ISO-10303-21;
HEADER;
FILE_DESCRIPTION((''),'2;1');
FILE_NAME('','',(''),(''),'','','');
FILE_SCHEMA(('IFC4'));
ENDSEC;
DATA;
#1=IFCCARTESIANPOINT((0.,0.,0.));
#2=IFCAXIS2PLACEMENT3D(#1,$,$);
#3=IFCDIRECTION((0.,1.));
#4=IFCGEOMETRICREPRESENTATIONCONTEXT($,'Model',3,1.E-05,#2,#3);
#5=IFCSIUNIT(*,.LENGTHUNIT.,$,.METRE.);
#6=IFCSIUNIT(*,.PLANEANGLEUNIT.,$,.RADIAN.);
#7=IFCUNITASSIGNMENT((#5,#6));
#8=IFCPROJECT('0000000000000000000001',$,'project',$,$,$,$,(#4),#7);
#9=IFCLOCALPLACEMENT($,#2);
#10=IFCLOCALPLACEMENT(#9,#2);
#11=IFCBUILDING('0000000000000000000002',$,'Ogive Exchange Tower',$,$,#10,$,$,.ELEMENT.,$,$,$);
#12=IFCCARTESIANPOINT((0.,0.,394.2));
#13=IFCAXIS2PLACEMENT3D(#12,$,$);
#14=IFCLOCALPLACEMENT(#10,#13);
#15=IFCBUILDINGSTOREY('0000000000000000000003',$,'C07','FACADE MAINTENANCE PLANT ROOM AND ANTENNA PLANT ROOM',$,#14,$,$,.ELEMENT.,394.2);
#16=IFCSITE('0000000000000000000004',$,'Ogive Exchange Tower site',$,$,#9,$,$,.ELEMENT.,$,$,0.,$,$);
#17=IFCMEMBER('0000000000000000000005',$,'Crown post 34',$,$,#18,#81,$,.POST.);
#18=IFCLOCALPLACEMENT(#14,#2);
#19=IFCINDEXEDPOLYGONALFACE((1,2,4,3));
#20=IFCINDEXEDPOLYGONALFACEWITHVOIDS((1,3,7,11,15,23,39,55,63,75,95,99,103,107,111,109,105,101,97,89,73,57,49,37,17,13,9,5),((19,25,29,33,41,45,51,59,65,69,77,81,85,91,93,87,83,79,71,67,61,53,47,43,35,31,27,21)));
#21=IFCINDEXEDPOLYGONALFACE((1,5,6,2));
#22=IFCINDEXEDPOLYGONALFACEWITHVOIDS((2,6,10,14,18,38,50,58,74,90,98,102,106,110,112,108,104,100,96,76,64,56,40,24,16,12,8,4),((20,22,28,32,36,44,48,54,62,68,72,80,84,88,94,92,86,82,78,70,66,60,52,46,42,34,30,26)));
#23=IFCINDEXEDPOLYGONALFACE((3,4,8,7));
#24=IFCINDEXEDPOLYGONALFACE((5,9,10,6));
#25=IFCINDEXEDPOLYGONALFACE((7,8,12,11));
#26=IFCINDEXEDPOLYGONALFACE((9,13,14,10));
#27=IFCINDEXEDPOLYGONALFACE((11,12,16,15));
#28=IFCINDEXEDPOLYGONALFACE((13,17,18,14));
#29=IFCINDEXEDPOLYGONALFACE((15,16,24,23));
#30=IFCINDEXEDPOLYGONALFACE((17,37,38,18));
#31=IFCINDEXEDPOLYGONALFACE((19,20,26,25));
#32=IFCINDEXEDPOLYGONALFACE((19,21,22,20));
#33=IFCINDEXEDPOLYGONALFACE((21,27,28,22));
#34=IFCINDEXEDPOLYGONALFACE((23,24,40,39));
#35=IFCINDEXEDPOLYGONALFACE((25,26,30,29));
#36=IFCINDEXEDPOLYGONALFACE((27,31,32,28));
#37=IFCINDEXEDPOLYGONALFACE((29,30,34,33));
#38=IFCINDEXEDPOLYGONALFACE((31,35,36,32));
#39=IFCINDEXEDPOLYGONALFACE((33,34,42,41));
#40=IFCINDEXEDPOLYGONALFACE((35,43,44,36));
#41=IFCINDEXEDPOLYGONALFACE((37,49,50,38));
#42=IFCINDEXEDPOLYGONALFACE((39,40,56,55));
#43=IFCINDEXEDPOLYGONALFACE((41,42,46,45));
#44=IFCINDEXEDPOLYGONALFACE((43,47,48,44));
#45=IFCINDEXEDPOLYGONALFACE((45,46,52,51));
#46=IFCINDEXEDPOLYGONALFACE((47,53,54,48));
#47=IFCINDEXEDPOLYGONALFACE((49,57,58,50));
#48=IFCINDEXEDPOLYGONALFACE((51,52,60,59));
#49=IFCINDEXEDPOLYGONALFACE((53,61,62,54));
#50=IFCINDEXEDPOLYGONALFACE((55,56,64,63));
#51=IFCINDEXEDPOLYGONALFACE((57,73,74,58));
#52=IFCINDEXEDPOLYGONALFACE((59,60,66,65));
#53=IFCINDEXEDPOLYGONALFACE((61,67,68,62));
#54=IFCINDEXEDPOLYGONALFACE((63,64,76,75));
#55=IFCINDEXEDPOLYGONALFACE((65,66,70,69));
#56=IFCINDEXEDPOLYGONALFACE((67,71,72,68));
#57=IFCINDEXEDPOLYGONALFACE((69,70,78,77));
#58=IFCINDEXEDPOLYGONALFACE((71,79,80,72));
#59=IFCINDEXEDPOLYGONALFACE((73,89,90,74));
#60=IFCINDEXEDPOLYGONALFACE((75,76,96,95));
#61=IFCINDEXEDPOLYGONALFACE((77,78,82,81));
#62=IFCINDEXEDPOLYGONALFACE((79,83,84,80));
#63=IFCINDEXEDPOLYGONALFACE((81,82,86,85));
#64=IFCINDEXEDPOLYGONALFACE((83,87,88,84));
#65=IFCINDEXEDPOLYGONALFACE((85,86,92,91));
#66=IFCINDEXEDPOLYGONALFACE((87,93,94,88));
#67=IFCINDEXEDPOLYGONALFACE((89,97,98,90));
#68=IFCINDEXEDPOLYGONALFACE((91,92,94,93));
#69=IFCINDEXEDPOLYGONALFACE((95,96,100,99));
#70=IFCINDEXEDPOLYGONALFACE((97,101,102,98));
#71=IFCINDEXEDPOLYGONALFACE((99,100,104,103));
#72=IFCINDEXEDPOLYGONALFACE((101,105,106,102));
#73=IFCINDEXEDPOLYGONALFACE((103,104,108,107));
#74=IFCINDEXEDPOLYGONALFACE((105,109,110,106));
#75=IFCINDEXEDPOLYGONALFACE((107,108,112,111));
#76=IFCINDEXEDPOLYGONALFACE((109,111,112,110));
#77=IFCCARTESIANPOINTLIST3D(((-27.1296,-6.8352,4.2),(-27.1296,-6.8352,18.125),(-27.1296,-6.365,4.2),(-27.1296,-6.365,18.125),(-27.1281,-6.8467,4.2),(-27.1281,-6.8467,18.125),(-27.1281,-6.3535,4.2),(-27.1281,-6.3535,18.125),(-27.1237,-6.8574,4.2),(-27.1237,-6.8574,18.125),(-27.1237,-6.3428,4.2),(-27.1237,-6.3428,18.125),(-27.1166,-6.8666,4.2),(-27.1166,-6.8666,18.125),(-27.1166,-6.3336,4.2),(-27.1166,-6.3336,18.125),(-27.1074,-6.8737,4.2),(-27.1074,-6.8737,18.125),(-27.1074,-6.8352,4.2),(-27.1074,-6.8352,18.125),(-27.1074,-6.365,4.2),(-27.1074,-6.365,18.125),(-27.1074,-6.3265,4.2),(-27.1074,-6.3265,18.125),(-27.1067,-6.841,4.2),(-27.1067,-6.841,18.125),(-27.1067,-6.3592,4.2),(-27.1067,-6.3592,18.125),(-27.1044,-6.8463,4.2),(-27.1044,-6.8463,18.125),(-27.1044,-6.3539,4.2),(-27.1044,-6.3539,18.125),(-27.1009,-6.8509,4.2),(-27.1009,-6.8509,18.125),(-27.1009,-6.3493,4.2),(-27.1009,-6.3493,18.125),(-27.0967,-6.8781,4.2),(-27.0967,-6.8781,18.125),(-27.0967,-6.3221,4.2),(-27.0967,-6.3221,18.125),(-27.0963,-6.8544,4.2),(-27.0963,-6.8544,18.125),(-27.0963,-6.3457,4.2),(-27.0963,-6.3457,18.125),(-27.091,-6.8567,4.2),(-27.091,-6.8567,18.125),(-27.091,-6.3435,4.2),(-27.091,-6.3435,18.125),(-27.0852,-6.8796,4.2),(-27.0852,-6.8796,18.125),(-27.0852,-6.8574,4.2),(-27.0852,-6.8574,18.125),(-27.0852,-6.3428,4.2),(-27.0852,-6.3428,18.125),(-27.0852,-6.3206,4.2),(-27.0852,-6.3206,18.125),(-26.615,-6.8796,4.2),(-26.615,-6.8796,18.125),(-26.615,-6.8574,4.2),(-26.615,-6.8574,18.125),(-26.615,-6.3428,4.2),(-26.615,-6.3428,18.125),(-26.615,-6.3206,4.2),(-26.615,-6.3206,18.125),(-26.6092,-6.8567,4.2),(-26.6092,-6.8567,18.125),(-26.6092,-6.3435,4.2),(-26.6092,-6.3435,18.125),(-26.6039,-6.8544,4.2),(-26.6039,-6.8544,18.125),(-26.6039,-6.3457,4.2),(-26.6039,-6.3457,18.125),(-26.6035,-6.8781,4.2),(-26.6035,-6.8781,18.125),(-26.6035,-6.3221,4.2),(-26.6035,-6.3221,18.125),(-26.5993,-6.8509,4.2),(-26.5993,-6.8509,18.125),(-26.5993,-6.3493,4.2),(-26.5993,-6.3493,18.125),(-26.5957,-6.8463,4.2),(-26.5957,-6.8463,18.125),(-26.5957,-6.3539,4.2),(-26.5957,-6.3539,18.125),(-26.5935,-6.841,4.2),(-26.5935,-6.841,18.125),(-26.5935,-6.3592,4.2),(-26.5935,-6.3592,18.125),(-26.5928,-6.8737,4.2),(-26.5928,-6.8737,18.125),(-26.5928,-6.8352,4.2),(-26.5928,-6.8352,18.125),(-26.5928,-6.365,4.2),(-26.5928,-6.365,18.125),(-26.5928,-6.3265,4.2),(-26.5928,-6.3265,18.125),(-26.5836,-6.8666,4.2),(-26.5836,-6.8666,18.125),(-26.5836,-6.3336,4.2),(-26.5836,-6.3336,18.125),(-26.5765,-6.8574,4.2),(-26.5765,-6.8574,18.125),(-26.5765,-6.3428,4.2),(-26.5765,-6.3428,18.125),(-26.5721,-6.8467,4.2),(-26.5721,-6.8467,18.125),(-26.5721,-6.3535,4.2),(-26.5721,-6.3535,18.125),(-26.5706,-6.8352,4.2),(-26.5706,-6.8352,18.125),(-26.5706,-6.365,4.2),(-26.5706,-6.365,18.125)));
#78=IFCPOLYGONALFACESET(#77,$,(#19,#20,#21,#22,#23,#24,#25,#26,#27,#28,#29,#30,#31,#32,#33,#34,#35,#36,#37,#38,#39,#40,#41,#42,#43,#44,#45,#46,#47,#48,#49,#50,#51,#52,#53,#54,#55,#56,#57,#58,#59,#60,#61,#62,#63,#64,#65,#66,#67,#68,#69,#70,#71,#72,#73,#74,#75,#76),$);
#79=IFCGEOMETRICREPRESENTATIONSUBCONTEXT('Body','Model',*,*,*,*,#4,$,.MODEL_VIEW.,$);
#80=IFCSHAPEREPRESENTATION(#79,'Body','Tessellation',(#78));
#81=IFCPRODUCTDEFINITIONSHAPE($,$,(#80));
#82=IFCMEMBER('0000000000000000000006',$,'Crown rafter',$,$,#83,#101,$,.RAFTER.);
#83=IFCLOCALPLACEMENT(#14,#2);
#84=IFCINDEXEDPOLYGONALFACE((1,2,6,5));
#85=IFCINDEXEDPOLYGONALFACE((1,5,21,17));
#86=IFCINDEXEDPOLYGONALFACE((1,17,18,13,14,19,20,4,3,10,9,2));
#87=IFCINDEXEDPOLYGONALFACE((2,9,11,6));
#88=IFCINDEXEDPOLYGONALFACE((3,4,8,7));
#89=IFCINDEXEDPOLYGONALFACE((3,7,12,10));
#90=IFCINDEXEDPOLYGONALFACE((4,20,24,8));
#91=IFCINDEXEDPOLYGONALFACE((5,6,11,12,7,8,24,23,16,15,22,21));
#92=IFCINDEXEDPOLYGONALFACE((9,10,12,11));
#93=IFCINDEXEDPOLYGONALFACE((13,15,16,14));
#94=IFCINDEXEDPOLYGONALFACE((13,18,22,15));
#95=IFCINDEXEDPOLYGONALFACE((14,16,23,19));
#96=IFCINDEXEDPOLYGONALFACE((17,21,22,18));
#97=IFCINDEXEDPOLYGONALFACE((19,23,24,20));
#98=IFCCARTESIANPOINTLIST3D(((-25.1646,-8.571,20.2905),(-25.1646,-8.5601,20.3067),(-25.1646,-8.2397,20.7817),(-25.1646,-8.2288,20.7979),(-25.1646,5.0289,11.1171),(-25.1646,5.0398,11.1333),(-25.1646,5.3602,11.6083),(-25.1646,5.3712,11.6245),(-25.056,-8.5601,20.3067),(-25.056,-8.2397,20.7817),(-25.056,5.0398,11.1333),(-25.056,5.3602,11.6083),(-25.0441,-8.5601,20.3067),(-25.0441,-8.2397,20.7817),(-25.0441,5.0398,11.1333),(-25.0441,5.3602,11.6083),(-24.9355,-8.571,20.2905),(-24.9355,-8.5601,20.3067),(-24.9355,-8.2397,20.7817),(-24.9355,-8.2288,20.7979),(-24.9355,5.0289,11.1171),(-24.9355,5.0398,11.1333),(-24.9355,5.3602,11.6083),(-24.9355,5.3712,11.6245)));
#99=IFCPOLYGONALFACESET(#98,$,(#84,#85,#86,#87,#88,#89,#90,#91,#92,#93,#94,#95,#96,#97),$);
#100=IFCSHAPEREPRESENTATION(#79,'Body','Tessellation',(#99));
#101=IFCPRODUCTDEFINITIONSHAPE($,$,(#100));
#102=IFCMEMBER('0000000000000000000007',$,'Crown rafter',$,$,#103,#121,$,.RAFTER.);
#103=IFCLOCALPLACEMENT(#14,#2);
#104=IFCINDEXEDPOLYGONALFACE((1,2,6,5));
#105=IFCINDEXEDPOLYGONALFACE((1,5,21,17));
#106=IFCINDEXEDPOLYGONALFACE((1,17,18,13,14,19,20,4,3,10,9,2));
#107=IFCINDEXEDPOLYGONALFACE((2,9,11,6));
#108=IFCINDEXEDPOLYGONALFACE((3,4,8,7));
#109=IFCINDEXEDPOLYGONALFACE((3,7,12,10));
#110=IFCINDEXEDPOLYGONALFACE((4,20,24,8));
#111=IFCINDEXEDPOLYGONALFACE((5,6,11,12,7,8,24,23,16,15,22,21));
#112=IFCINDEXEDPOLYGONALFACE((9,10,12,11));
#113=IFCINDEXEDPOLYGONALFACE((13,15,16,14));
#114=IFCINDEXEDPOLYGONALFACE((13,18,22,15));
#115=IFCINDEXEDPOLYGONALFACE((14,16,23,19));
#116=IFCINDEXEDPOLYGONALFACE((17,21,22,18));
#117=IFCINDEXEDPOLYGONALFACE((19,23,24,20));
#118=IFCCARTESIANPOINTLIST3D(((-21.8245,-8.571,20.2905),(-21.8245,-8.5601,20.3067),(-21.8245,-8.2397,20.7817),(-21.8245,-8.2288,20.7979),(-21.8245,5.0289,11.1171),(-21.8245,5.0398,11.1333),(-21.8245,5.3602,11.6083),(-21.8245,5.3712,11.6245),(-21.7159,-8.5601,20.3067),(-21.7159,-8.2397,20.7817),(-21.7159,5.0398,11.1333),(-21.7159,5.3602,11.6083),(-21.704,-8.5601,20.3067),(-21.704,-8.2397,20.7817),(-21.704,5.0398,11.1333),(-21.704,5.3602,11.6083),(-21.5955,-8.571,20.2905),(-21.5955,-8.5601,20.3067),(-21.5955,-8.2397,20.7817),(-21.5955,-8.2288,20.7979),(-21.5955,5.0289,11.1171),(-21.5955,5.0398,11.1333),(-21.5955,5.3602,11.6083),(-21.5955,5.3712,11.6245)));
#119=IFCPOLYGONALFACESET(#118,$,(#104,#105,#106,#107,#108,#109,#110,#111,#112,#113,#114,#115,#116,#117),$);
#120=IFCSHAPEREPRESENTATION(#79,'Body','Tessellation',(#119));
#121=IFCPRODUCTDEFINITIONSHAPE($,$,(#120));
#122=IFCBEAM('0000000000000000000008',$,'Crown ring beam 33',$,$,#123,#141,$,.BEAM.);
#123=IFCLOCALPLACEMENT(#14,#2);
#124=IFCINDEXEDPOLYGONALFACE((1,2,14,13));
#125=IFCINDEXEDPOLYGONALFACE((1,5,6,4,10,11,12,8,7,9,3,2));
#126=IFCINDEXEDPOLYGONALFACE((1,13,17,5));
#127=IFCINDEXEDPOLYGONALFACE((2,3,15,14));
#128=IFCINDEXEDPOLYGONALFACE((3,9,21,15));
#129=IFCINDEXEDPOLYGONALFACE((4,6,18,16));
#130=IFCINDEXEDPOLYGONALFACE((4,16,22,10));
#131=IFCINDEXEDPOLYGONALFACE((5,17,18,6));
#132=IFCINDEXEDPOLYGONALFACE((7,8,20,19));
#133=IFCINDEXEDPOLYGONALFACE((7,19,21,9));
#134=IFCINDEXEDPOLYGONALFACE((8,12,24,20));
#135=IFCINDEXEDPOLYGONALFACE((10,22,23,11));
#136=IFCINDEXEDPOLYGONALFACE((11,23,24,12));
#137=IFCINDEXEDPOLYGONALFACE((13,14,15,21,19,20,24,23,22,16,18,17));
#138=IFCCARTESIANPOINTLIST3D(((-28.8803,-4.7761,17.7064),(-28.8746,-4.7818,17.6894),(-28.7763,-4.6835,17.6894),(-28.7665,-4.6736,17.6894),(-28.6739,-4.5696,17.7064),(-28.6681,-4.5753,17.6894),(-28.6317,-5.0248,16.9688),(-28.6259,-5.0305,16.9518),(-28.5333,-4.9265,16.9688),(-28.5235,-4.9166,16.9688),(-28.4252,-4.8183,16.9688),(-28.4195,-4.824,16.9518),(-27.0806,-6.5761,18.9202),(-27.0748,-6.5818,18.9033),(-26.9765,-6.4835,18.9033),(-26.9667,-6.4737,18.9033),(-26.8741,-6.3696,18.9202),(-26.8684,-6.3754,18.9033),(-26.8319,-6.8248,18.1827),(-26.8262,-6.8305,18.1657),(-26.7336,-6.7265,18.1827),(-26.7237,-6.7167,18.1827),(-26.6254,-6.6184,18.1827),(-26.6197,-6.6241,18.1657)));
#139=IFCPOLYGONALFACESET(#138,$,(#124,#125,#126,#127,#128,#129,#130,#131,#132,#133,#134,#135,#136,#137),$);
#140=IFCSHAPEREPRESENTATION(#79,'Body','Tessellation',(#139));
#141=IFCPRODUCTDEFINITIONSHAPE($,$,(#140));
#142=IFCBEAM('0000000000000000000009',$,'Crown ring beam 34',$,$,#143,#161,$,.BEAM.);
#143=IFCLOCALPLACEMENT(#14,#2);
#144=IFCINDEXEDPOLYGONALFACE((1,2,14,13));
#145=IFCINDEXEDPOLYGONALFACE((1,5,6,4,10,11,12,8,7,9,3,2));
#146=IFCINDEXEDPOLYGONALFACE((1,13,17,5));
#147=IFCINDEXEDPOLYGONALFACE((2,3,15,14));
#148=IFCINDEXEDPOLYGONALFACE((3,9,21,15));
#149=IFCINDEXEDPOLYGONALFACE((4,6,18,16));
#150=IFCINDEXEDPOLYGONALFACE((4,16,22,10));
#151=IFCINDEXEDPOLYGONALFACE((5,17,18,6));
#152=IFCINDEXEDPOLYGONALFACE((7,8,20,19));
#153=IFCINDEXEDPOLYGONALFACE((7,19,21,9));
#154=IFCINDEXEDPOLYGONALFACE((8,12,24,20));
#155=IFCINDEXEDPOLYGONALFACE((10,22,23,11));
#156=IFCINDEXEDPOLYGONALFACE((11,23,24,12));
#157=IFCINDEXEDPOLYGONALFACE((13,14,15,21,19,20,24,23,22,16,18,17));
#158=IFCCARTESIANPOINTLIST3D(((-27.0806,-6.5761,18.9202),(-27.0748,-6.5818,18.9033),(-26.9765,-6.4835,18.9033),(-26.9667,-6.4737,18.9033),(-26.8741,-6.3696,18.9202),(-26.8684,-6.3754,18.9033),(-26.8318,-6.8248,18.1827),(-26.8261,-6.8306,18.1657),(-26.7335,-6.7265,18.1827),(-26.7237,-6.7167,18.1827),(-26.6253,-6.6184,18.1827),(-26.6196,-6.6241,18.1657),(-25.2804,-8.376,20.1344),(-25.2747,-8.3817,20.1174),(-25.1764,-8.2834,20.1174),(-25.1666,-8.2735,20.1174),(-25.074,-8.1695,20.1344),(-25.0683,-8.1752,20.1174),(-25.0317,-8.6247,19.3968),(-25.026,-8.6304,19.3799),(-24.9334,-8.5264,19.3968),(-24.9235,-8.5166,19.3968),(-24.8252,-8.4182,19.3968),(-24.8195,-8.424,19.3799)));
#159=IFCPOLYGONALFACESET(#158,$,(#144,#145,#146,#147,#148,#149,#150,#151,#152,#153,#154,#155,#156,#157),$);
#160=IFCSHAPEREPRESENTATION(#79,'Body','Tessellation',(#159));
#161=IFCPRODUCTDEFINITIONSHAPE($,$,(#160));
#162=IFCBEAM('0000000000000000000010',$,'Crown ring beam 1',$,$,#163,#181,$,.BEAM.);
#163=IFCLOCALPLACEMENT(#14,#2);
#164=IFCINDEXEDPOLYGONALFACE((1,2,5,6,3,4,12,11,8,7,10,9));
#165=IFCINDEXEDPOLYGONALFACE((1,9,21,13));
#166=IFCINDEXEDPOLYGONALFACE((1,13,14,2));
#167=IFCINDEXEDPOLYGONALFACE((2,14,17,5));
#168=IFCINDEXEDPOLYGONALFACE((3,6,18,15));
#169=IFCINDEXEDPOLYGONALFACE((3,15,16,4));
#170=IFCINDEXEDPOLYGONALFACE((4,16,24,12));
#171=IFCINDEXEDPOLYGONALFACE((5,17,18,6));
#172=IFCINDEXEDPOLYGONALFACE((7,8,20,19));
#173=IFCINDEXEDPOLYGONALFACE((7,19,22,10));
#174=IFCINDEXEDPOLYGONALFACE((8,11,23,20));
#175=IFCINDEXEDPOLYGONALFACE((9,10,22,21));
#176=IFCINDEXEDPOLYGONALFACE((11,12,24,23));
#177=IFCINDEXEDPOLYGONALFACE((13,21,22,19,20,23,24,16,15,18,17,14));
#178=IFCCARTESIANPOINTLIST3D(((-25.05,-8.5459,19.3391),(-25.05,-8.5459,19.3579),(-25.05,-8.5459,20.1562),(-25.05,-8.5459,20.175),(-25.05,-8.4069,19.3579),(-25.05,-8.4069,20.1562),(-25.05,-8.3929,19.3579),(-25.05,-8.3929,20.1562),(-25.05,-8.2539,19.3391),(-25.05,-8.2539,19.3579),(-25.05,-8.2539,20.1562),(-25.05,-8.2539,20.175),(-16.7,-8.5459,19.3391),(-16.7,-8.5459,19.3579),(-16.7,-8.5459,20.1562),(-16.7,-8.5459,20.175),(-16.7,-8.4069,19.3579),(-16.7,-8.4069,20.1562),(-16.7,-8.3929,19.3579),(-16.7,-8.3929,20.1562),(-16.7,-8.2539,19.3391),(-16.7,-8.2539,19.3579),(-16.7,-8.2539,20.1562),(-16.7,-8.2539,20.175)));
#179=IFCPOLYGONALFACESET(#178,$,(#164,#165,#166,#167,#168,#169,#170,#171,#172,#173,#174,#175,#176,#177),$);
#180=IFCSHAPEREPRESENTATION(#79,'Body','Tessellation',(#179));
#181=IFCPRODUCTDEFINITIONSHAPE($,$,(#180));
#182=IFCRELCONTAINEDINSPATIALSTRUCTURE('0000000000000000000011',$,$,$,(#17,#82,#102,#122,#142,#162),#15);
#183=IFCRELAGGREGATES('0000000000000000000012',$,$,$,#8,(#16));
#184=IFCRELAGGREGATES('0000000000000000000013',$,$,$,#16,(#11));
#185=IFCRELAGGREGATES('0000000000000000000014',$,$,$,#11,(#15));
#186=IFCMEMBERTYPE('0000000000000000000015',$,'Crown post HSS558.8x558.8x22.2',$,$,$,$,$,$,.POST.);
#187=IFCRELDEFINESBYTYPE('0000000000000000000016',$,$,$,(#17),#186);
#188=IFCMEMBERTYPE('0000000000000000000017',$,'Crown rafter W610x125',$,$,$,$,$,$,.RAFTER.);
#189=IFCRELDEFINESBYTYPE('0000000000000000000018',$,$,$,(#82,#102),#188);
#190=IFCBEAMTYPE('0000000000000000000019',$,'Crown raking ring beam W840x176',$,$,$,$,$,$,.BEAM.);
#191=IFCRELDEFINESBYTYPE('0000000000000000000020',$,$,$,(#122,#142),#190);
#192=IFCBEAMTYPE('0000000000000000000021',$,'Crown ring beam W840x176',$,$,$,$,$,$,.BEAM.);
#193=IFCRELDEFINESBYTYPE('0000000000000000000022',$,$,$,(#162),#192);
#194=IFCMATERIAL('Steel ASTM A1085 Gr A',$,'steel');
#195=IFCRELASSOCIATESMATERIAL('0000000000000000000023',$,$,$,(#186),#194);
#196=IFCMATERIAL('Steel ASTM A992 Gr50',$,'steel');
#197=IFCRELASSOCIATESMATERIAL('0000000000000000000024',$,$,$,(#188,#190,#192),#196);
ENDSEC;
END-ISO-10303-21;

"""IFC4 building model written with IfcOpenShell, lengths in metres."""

from ifc_helpers import new_model, si_unit, direction, frame, origin, origin_2d, place, context, subcontext, project, spatial, hollow_rectangle, i_section, extrude, material, material_profile, profile_set, type_object, element, save


model = new_model("IFC4")

# Units and contexts
model_context = context("Model", 3, precision=1e-05, world=origin(), true_north=direction((0.0, 1.0)))
body_context = subcontext(model_context, "Body", "Model", "MODEL_VIEW")
ifc_project = project(units=[si_unit("LENGTHUNIT", "METRE"), si_unit("PLANEANGLEUNIT", "RADIAN")], contexts=[model_context])

# Site, building, storey
site_placement = place(None, origin())
site = spatial("IfcSite", under=ifc_project, at=site_placement, Name="Ogive Exchange Tower site", CompositionType="ELEMENT", RefElevation=0.0)
building_placement = place(site_placement, origin())
building = spatial("IfcBuilding", under=site, at=building_placement, Name="Ogive Exchange Tower", CompositionType="ELEMENT")
storey_placement = place(building_placement, frame((0.0, 0.0, 394.2)))
storey = spatial("IfcBuildingStorey", under=building, at=storey_placement, Name="C07", Description="FACADE MAINTENANCE PLANT ROOM AND ANTENNA PLANT ROOM", CompositionType="ELEMENT", Elevation=394.2)

# Members
ifc_material_1 = material(Name="Steel ASTM A1085 Gr A", Category="steel")
ifc_material_profile_1 = material_profile(ifc_material_1, hollow_rectangle(XDim=0.5591, YDim=0.5591, WallThickness=0.0222, InnerFilletRadius=0.0222, OuterFilletRadius=0.0444, at=origin_2d()), Name="HSS558.8x558.8x22.2")
ifc_profile_set_1 = profile_set([ifc_material_profile_1], Name="Steel ASTM A1085 Gr A")
member_type_1 = type_object("IfcMemberType", Name="Crown post HSS558.8x558.8x22.2", PredefinedType="POST", material=ifc_profile_set_1)
member_1_placement = place(storey_placement, frame((-26.8501, -6.6001, 4.2), z_axis=(0.0, 0.0, 1.0), x_axis=(1.0, 0.0, 0.0)))
element("IfcMember", 1, at=member_1_placement, inside=storey, type_object=member_type_1, Name="Crown post 34", PredefinedType="POST", context=body_context, shape_type="SweptSolid", body=[
    extrude(hollow_rectangle(XDim=0.5591, YDim=0.5591, WallThickness=0.0222, InnerFilletRadius=0.0222, OuterFilletRadius=0.0444, at=origin_2d()), origin(), (0.0, 0.0, 1.0), 13.925),
])
ifc_material_2 = material(Name="Steel ASTM A992 Gr50", Category="steel")
ifc_material_profile_2 = material_profile(ifc_material_2, i_section(OverallWidth=0.229, OverallDepth=0.6121, WebThickness=0.012, FlangeThickness=0.0195, at=origin_2d()), Name="W610x125")
ifc_profile_set_2 = profile_set([ifc_material_profile_2], Name="Steel ASTM A992 Gr50")
member_type_2 = type_object("IfcMemberType", Name="Crown rafter W610x125", PredefinedType="RAFTER", material=ifc_profile_set_2)
for number, where, z_axis, x_axis, name in (
    (2, (-25.05, -8.3999, 20.5442), (0.0, 0.829034, -0.559198), (-1.0, 0.0, 0.0), "Crown rafter"),
    (3, (-21.71, -8.3999, 20.5442), (0.0, 0.829034, -0.559198), (-1.0, 0.0, 0.0), "Crown rafter"),
):
    element("IfcMember", number, at=place(storey_placement, frame(where, z_axis=z_axis, x_axis=x_axis)), inside=storey, type_object=member_type_2, Name=name, PredefinedType="RAFTER", context=body_context, shape_type="SweptSolid", body=[
        extrude(i_section(OverallWidth=0.229, OverallDepth=0.6121, WebThickness=0.012, FlangeThickness=0.0195, at=origin_2d()), origin(), (0.0, 0.0, 1.0), 16.4045),
    ])

# Beams
ifc_material_profile_3 = material_profile(ifc_material_2, i_section(OverallWidth=0.292, OverallDepth=0.8359, WebThickness=0.0139, FlangeThickness=0.0188, at=origin_2d()), Name="W840x176")
ifc_profile_set_3 = profile_set([ifc_material_profile_3], Name="Steel ASTM A992 Gr50")
beam_type_1 = type_object("IfcBeamType", Name="Crown raking ring beam W840x176", PredefinedType="BEAM", material=ifc_profile_set_3)
beam_1_placement = place(storey_placement, frame((-28.6499, -4.8, 17.3291), z_axis=(0.638207, -0.638293, 0.430435), x_axis=(0.707155, 0.707059, 0.0)))
element("IfcBeam", 4, at=beam_1_placement, inside=storey, type_object=beam_type_1, Name="Crown ring beam 33", PredefinedType="BEAM", context=body_context, shape_type="SweptSolid", body=[
    extrude(i_section(OverallWidth=0.292, OverallDepth=0.8359, WebThickness=0.0139, FlangeThickness=0.0188, at=origin_2d()), origin(), (0.0, 0.0, 1.0), 2.8201),
])
beam_2_placement = place(storey_placement, frame((-26.8501, -6.6001, 18.543), z_axis=(0.638269, -0.638183, 0.430505), x_axis=(0.707059, 0.707155, 0.0)))
element("IfcBeam", 5, at=beam_2_placement, inside=storey, type_object=beam_type_1, Name="Crown ring beam 34", PredefinedType="BEAM", context=body_context, shape_type="SweptSolid", body=[
    extrude(i_section(OverallWidth=0.292, OverallDepth=0.8359, WebThickness=0.0139, FlangeThickness=0.0188, at=origin_2d()), origin(), (0.0, 0.0, 1.0), 2.8203),
])
ifc_material_profile_4 = material_profile(ifc_material_2, i_section(OverallWidth=0.292, OverallDepth=0.8359, WebThickness=0.0139, FlangeThickness=0.0188, at=origin_2d()), Name="W840x176")
ifc_profile_set_4 = profile_set([ifc_material_profile_4], Name="Steel ASTM A992 Gr50")
beam_type_2 = type_object("IfcBeamType", Name="Crown ring beam W840x176", PredefinedType="BEAM", material=ifc_profile_set_4)
beam_3_placement = place(storey_placement, frame((-25.05, -8.3999, 19.7571), z_axis=(1.0, 0.0, 0.0), x_axis=(0.0, 1.0, 0.0)))
element("IfcBeam", 6, at=beam_3_placement, inside=storey, type_object=beam_type_2, Name="Crown ring beam 1", PredefinedType="BEAM", context=body_context, shape_type="SweptSolid", body=[
    extrude(i_section(OverallWidth=0.292, OverallDepth=0.8359, WebThickness=0.0139, FlangeThickness=0.0188, at=origin_2d()), origin(), (0.0, 0.0, 1.0), 8.3501),
])

save(model, "model.ifc")
